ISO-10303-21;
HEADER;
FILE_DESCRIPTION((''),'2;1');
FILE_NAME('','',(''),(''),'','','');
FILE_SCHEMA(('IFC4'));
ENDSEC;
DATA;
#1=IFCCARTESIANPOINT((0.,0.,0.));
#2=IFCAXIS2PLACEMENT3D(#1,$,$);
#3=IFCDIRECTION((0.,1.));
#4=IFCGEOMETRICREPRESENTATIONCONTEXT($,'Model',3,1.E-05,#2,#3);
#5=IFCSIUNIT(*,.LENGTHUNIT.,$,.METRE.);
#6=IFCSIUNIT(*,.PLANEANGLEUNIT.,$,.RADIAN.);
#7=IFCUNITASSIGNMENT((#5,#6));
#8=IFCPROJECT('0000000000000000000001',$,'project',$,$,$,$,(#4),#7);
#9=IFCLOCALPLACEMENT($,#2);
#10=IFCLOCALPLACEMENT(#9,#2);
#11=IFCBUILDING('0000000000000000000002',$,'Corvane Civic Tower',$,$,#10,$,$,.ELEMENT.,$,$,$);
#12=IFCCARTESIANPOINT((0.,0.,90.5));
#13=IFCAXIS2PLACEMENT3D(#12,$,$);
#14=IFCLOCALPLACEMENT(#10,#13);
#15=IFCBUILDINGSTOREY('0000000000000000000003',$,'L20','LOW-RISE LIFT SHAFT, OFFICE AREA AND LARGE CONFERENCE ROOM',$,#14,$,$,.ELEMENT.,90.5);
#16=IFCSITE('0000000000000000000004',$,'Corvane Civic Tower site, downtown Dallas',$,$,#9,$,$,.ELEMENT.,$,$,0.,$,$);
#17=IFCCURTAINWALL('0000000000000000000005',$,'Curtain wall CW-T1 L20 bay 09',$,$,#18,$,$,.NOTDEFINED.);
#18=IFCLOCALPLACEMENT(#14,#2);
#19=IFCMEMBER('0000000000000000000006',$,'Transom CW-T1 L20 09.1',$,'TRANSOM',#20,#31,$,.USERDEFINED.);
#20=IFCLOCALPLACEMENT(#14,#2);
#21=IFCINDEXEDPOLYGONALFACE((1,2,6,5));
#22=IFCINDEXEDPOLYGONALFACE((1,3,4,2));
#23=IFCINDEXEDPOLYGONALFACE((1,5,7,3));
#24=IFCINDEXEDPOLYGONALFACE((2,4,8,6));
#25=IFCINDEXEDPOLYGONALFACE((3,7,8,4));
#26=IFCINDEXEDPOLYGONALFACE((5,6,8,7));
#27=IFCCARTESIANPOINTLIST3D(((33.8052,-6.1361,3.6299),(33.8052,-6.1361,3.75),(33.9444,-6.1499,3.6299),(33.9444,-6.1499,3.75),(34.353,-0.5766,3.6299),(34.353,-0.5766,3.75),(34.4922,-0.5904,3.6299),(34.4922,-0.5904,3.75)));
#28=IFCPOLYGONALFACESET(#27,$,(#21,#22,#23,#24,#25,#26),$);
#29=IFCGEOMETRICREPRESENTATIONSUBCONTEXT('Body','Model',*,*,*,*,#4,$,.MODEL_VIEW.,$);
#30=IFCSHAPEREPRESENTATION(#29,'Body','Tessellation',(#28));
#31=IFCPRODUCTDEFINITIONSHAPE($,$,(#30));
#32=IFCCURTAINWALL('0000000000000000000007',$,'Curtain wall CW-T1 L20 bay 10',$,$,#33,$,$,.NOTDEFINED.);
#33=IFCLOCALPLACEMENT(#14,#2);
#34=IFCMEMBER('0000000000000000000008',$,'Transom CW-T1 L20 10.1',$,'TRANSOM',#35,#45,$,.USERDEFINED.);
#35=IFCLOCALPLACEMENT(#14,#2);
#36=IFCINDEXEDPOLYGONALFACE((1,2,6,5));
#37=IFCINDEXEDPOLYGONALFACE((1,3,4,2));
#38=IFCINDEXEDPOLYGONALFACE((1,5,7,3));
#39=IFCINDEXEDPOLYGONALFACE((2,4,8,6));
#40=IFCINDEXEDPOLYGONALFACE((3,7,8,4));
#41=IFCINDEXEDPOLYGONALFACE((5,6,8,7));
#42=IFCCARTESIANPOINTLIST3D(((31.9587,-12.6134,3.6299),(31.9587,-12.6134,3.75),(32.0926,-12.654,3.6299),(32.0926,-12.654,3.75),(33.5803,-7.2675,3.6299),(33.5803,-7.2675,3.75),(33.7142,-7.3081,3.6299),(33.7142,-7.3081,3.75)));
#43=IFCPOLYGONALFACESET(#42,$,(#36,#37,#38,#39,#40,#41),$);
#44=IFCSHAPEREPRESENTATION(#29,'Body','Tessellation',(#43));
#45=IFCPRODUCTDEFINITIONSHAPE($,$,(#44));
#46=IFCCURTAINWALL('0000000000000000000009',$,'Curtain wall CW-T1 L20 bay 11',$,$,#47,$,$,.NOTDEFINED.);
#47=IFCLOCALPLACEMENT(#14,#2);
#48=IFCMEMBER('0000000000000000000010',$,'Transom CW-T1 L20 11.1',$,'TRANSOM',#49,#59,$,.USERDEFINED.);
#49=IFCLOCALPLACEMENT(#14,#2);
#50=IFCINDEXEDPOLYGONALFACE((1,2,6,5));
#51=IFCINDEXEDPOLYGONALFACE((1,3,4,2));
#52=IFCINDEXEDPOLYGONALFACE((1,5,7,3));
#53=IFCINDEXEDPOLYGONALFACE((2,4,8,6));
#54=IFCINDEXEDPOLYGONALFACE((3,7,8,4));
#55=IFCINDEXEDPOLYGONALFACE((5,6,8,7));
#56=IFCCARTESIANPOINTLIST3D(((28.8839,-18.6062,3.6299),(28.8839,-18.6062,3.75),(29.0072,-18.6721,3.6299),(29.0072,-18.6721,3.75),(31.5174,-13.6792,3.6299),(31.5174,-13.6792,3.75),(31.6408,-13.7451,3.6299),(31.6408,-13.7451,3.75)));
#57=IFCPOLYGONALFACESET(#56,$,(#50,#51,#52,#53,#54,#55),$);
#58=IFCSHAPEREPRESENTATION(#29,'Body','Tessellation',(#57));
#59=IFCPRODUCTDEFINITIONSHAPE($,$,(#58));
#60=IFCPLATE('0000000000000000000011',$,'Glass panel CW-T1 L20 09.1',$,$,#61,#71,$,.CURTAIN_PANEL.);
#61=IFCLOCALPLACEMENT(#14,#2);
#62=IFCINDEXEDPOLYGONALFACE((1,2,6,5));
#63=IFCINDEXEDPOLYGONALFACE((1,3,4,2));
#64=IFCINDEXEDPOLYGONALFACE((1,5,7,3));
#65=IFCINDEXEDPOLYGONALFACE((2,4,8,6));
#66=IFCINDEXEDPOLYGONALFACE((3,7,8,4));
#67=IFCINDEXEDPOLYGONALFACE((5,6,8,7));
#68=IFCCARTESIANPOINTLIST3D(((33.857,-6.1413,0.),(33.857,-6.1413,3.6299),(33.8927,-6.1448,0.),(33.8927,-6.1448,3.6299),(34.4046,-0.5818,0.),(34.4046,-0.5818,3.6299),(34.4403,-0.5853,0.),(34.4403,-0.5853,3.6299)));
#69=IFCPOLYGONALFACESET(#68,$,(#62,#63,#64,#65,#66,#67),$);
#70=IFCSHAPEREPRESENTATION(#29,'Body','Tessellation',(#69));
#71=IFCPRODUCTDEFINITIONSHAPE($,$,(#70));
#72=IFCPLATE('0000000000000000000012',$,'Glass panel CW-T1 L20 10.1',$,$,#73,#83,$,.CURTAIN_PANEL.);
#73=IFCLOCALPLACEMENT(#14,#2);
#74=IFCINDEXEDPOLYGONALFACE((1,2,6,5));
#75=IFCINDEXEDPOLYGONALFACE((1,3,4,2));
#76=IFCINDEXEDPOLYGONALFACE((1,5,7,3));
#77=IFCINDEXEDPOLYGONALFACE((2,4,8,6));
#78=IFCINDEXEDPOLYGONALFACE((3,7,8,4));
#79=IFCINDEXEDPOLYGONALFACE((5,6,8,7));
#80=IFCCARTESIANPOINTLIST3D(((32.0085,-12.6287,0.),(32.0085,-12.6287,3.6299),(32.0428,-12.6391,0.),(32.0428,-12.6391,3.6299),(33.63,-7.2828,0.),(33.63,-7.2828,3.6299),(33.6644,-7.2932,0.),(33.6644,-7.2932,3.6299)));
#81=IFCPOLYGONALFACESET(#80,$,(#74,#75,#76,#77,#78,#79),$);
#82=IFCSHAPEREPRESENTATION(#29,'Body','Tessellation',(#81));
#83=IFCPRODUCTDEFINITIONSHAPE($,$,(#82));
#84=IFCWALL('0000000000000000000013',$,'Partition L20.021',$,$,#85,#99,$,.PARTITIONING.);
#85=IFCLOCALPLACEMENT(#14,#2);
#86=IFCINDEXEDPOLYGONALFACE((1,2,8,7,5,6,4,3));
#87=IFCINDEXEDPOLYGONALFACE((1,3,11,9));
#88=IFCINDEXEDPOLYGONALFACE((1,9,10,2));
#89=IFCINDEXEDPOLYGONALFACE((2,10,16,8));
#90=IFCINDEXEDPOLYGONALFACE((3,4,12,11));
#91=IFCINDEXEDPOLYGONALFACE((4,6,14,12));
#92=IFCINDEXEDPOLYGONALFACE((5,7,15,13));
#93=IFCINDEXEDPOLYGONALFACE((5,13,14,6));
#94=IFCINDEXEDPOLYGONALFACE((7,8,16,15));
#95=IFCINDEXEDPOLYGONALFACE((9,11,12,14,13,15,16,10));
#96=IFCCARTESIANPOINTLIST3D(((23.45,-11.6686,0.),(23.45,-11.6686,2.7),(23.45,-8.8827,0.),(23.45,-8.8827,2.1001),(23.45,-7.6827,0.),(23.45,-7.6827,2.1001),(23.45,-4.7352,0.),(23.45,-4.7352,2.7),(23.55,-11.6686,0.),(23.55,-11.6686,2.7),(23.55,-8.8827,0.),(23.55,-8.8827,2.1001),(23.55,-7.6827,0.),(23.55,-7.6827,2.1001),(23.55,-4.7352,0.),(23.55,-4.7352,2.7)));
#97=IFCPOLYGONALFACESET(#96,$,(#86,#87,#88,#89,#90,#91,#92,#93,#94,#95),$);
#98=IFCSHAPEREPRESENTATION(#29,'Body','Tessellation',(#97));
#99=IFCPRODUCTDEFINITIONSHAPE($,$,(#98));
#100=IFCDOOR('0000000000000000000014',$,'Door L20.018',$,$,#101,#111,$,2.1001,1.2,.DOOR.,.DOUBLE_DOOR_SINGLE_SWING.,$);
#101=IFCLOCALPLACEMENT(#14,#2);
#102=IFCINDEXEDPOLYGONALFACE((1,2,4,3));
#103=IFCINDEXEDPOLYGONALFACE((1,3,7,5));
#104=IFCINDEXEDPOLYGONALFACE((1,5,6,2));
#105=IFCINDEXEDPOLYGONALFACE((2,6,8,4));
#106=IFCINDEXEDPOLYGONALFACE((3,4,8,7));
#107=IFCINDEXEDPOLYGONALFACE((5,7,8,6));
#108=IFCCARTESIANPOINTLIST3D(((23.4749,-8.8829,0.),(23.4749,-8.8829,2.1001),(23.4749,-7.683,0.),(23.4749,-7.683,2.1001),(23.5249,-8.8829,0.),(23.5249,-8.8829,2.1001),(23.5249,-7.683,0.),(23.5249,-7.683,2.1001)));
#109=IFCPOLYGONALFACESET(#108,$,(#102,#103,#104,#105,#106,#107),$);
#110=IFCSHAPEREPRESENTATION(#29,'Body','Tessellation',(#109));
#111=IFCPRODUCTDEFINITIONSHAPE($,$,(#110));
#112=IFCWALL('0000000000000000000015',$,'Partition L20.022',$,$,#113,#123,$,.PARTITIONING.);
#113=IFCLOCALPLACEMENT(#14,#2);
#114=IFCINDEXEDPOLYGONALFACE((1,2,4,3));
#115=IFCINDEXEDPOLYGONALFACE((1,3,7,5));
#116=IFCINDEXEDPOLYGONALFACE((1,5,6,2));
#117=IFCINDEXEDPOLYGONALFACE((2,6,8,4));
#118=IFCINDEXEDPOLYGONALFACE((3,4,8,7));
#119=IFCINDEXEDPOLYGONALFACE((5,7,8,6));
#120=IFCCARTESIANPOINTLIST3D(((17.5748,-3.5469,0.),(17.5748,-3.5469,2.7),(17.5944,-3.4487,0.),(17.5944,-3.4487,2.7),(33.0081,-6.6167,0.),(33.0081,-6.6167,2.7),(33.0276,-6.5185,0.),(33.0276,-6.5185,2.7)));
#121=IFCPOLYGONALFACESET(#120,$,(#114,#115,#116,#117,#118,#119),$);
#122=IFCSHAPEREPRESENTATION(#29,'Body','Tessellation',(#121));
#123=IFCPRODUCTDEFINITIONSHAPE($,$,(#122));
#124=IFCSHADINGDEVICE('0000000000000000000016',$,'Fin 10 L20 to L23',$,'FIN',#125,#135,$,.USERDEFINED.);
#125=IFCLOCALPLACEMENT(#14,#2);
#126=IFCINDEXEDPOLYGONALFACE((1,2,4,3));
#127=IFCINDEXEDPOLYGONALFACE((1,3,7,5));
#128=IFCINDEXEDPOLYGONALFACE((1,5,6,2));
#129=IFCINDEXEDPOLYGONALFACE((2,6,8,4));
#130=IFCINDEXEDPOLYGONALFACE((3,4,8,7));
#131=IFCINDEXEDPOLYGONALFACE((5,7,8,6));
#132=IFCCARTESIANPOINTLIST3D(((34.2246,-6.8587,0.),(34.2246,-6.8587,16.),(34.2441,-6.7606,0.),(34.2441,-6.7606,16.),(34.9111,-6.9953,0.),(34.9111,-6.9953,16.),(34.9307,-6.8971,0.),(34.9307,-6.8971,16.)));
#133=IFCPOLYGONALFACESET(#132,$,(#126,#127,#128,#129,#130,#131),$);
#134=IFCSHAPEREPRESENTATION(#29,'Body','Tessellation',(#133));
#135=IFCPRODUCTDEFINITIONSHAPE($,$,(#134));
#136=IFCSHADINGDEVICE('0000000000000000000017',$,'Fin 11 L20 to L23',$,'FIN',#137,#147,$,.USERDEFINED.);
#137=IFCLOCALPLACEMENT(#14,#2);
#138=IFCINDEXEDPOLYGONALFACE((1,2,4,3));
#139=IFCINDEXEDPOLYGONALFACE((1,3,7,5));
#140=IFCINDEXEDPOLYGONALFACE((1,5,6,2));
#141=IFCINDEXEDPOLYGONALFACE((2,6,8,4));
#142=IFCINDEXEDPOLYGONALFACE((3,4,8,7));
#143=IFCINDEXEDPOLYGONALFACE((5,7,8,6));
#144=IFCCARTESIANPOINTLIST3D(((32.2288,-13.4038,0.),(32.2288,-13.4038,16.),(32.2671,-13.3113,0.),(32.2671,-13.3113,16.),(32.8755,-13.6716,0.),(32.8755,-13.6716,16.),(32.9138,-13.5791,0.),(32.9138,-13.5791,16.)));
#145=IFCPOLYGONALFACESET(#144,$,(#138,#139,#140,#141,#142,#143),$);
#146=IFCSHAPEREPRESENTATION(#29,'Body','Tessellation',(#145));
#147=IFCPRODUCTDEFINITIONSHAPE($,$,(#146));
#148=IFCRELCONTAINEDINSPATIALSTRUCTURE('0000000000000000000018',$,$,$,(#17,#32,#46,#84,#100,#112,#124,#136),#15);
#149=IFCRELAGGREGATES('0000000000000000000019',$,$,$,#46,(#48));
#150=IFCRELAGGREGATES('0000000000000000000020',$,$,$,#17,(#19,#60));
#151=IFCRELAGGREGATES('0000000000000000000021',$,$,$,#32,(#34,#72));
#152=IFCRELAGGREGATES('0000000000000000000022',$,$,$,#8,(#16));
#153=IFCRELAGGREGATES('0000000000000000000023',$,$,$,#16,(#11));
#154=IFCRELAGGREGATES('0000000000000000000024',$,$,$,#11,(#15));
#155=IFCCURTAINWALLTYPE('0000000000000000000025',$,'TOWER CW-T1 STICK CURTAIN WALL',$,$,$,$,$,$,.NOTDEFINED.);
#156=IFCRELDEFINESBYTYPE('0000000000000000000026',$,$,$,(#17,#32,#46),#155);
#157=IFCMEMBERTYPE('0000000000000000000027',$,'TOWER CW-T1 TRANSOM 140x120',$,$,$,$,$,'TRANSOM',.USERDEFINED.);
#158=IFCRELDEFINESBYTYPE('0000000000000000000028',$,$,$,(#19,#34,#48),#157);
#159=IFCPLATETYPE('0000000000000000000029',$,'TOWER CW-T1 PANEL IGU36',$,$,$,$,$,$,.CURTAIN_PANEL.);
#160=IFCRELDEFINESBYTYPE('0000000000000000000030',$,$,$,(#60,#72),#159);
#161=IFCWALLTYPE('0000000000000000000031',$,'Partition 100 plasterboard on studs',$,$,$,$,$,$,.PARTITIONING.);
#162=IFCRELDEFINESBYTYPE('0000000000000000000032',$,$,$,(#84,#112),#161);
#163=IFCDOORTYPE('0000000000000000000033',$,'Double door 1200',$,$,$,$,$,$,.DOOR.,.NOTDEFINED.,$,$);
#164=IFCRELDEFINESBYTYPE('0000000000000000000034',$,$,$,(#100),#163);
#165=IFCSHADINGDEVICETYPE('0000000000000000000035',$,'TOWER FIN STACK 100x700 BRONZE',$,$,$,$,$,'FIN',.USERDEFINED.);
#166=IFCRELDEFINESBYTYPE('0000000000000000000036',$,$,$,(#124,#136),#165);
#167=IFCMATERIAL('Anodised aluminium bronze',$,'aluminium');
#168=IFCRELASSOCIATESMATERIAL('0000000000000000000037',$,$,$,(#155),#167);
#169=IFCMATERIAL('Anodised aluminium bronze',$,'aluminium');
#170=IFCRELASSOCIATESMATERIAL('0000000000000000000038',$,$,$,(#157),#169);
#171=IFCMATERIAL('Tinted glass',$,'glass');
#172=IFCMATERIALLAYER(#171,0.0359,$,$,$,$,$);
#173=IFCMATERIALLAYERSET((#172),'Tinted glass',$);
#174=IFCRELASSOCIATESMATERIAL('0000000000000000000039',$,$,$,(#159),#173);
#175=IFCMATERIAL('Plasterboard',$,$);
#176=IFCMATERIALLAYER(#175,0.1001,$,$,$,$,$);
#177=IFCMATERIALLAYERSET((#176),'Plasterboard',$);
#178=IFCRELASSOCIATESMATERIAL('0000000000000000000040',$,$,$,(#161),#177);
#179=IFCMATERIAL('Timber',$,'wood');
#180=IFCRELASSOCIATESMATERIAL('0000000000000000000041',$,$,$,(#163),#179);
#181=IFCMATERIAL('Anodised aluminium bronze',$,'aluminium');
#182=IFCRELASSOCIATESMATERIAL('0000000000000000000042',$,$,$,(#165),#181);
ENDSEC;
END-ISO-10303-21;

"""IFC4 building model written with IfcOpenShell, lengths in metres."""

from ifc_helpers import new_model, si_unit, direction, frame, frame_2d, origin, origin_2d, place, context, subcontext, project, spatial, rectangle, extrude, material, layer, layer_set, material_profile, profile_set, type_object, element, fill, aggregate, save


model = new_model("IFC4")

# Units and contexts
model_context = context("Model", 3, precision=1e-05, world=origin(), true_north=direction((0.0, 1.0)))
body_context = subcontext(model_context, "Body", "Model", "MODEL_VIEW")
ifc_project = project(units=[si_unit("LENGTHUNIT", "METRE"), si_unit("PLANEANGLEUNIT", "RADIAN")], contexts=[model_context])

# Site, building, storey
site_placement = place(None, origin())
site = spatial("IfcSite", under=ifc_project, at=site_placement, Name="Corvane Civic Tower site, downtown Dallas", CompositionType="ELEMENT", RefElevation=0.0)
building_placement = place(site_placement, origin())
building = spatial("IfcBuilding", under=site, at=building_placement, Name="Corvane Civic Tower", CompositionType="ELEMENT")
storey_placement = place(building_placement, frame((0.0, 0.0, 90.5)))
storey = spatial("IfcBuildingStorey", under=building, at=storey_placement, Name="L20", Description="LOW-RISE LIFT SHAFT, OFFICE AREA AND LARGE CONFERENCE ROOM", CompositionType="ELEMENT", Elevation=90.5)

# Curtain walls, members
ifc_material_1 = material(Name="Anodised aluminium bronze", Category="aluminium")
curtain_wall_type = type_object("IfcCurtainWallType", Name="TOWER CW-T1 STICK CURTAIN WALL", PredefinedType="NOTDEFINED", material=ifc_material_1)
curtain_wall_1_placement = place(storey_placement, origin())
curtain_wall_1 = element("IfcCurtainWall", 1, at=curtain_wall_1_placement, inside=storey, type_object=curtain_wall_type, Name="Curtain wall CW-T1 L20 bay 09", PredefinedType="NOTDEFINED")
ifc_material_2 = material(Name="Anodised aluminium bronze", Category="aluminium")
ifc_material_profile_1 = material_profile(ifc_material_2, rectangle(XDim=0.1399, YDim=0.1201, at=origin_2d()), Name="TOWER CW-T1 TRANSOM 140x120")
ifc_profile_set_1 = profile_set([ifc_material_profile_1], Name="Anodised aluminium bronze")
member_type = type_object("IfcMemberType", Name="TOWER CW-T1 TRANSOM 140x120", ElementType="TRANSOM", PredefinedType="USERDEFINED", material=ifc_profile_set_1)
member_1_placement = place(storey_placement, frame((34.4226, -0.5835, 3.6899), z_axis=(-0.098067, -0.99518, 0.0), x_axis=(0.99518, -0.098067, 0.0)))
member_1 = element("IfcMember", 2, at=member_1_placement, type_object=member_type, Name="Transom CW-T1 L20 09.1", ObjectType="TRANSOM", PredefinedType="USERDEFINED", context=body_context, shape_type="SweptSolid", body=[
    extrude(rectangle(XDim=0.1399, YDim=0.1201, at=origin_2d()), origin(), (0.0, 0.0, 1.0), 5.5864),
])
curtain_wall_2_placement = place(storey_placement, origin())
curtain_wall_2 = element("IfcCurtainWall", 3, at=curtain_wall_2_placement, inside=storey, type_object=curtain_wall_type, Name="Curtain wall CW-T1 L20 bay 10", PredefinedType="NOTDEFINED")
member_2_placement = place(storey_placement, frame((33.6472, -7.2878, 3.6899), z_axis=(-0.290269, -0.956945, 0.0), x_axis=(0.956945, -0.290269, 0.0)))
member_2 = element("IfcMember", 4, at=member_2_placement, type_object=member_type, Name="Transom CW-T1 L20 10.1", ObjectType="TRANSOM", PredefinedType="USERDEFINED", context=body_context, shape_type="SweptSolid", body=[
    extrude(rectangle(XDim=0.1399, YDim=0.1201, at=origin_2d()), origin(), (0.0, 0.0, 1.0), 5.5864),
])
curtain_wall_3_placement = place(storey_placement, origin())
curtain_wall_3 = element("IfcCurtainWall", 5, at=curtain_wall_3_placement, inside=storey, type_object=curtain_wall_type, Name="Curtain wall CW-T1 L20 bay 11", PredefinedType="NOTDEFINED")
member_3_placement = place(storey_placement, frame((31.5791, -13.7122, 3.6899), z_axis=(-0.471398, -0.881921, 0.0), x_axis=(0.881921, -0.471398, 0.0)))
member_3 = element("IfcMember", 6, at=member_3_placement, type_object=member_type, Name="Transom CW-T1 L20 11.1", ObjectType="TRANSOM", PredefinedType="USERDEFINED", context=body_context, shape_type="SweptSolid", body=[
    extrude(rectangle(XDim=0.1399, YDim=0.1201, at=origin_2d()), origin(), (0.0, 0.0, 1.0), 5.5867),
])
aggregate(curtain_wall_3, [member_3])

# Plates
ifc_material_3 = material(Name="Tinted glass", Category="glass")
ifc_layer_1 = layer(ifc_material_3, 0.0359)
ifc_layer_set_1 = layer_set([ifc_layer_1], Name="Tinted glass")
plate_type = type_object("IfcPlateType", Name="TOWER CW-T1 PANEL IGU36", PredefinedType="CURTAIN_PANEL", material=ifc_layer_set_1)
plate_1_placement = place(storey_placement, frame((34.1487, -3.3633, 0.0), z_axis=(0.0, 0.0, 1.0), x_axis=(-0.098027, -0.995184, 0.0)))
plate_1 = element("IfcPlate", 7, at=plate_1_placement, type_object=plate_type, Name="Glass panel CW-T1 L20 09.1", PredefinedType="CURTAIN_PANEL", context=body_context, shape_type="SweptSolid", body=[
    extrude(rectangle(XDim=5.5864, YDim=0.0359, at=origin_2d()), origin(), (0.0, 0.0, 1.0), 3.6299),
])
aggregate(curtain_wall_1, [member_1, plate_1])
plate_2_placement = place(storey_placement, frame((32.8364, -9.9609, 0.0), z_axis=(0.0, 0.0, 1.0), x_axis=(-0.290266, -0.956946, 0.0)))
plate_2 = element("IfcPlate", 8, at=plate_2_placement, type_object=plate_type, Name="Glass panel CW-T1 L20 10.1", PredefinedType="CURTAIN_PANEL", context=body_context, shape_type="SweptSolid", body=[
    extrude(rectangle(XDim=5.5864, YDim=0.0359, at=origin_2d()), origin(), (0.0, 0.0, 1.0), 3.6299),
])
aggregate(curtain_wall_2, [member_2, plate_2])

# Wall, opening, door
ifc_material_4 = material(Name="Plasterboard")
ifc_layer_2 = layer(ifc_material_4, 0.1001)
ifc_layer_set_2 = layer_set([ifc_layer_2], Name="Plasterboard")
wall_type = type_object("IfcWallType", Name="Partition 100 plasterboard on studs", PredefinedType="PARTITIONING", material=ifc_layer_set_2)
wall_1_placement = place(storey_placement, frame((23.5, -11.6687, 0.0), z_axis=(0.0, 0.0, 1.0), x_axis=(0.0, 1.0, 0.0)))
wall_1 = element("IfcWall", 9, at=wall_1_placement, inside=storey, type_object=wall_type, Name="Partition L20.021", PredefinedType="PARTITIONING", context=body_context, shape_type="SweptSolid", body=[
    extrude(rectangle(XDim=6.9333, YDim=0.1001, at=frame_2d((3.4668, 0.0))), origin(), (0.0, 0.0, 1.0), 2.7),
])
opening_placement = place(wall_1_placement, frame((2.7859, 0.0, 0.0)))
opening = element("IfcOpeningElement", 10, at=opening_placement, cuts=wall_1, PredefinedType="OPENING", context=body_context, shape_type="SweptSolid", body=[
    extrude(rectangle(XDim=1.2, YDim=2.1001, at=frame_2d((0.6001, 1.05))), frame((0.0, 0.0601, 0.0), z_axis=(0.0, -1.0, 0.0), x_axis=(1.0, 0.0, 0.0)), (0.0, 0.0, 1.0), 0.1201),
])
ifc_material_5 = material(Name="Timber", Category="wood")
door_type = type_object("IfcDoorType", Name="Double door 1200", OperationType="NOTDEFINED", PredefinedType="DOOR", material=ifc_material_5)
door_placement = place(opening_placement, frame((1.2, 0.0, 0.0), z_axis=(0.0, 0.0, 1.0), x_axis=(-1.0, 0.0, 0.0)))
door = element("IfcDoor", 11, at=door_placement, inside=storey, type_object=door_type, Name="Door L20.018", OperationType="DOUBLE_DOOR_SINGLE_SWING", OverallHeight=2.1001, OverallWidth=1.2, PredefinedType="DOOR", context=body_context, shape_type="SweptSolid", body=[
    extrude(rectangle(XDim=1.2, YDim=2.1001, at=frame_2d((0.6001, 1.05))), frame((0.0, 0.0249, 0.0), z_axis=(0.0, -1.0, 0.0), x_axis=(1.0, 0.0, 0.0)), (0.0, 0.0, 1.0), 0.05),
])
fill(opening, door)

# Wall
wall_2_placement = place(storey_placement, frame((17.5847, -3.4978, 0.0), z_axis=(0.0, 0.0, 1.0), x_axis=(0.980786, -0.195087, 0.0)))
element("IfcWall", 12, at=wall_2_placement, inside=storey, type_object=wall_type, Name="Partition L20.022", PredefinedType="PARTITIONING", context=body_context, shape_type="SweptSolid", body=[
    extrude(rectangle(XDim=15.7356, YDim=0.1001, at=frame_2d((7.8677, 0.0))), origin(), (0.0, 0.0, 1.0), 2.7),
])

# Shading devices
ifc_material_6 = material(Name="Anodised aluminium bronze", Category="aluminium")
ifc_material_profile_2 = material_profile(ifc_material_6, rectangle(XDim=0.1001, YDim=0.7, at=origin_2d()), Name="TOWER FIN STACK 100x700 BRONZE")
ifc_profile_set_2 = profile_set([ifc_material_profile_2], Name="Anodised aluminium bronze")
shading_device_type = type_object("IfcShadingDeviceType", Name="TOWER FIN STACK 100x700 BRONZE", ElementType="FIN", PredefinedType="USERDEFINED", material=ifc_profile_set_2)
for number, where, z_axis, x_axis, name in (
    (13, (34.5776, -6.8779, 0.0), (0.0, 0.0, 1.0), (-0.19509, -0.980785, 0.0), "Fin 10 L20 to L23"),
    (14, (32.5713, -13.4915, 0.0), (0.0, 0.0, 1.0), (-0.382683, -0.92388, 0.0), "Fin 11 L20 to L23"),
):
    element("IfcShadingDevice", number, at=place(storey_placement, frame(where, z_axis=z_axis, x_axis=x_axis)), inside=storey, type_object=shading_device_type, Name=name, ObjectType="FIN", PredefinedType="USERDEFINED", context=body_context, shape_type="SweptSolid", body=[
        extrude(rectangle(XDim=0.1001, YDim=0.7, at=origin_2d()), origin(), (0.0, 0.0, 1.0), 16.0),
    ])

save(model, "model.ifc")
